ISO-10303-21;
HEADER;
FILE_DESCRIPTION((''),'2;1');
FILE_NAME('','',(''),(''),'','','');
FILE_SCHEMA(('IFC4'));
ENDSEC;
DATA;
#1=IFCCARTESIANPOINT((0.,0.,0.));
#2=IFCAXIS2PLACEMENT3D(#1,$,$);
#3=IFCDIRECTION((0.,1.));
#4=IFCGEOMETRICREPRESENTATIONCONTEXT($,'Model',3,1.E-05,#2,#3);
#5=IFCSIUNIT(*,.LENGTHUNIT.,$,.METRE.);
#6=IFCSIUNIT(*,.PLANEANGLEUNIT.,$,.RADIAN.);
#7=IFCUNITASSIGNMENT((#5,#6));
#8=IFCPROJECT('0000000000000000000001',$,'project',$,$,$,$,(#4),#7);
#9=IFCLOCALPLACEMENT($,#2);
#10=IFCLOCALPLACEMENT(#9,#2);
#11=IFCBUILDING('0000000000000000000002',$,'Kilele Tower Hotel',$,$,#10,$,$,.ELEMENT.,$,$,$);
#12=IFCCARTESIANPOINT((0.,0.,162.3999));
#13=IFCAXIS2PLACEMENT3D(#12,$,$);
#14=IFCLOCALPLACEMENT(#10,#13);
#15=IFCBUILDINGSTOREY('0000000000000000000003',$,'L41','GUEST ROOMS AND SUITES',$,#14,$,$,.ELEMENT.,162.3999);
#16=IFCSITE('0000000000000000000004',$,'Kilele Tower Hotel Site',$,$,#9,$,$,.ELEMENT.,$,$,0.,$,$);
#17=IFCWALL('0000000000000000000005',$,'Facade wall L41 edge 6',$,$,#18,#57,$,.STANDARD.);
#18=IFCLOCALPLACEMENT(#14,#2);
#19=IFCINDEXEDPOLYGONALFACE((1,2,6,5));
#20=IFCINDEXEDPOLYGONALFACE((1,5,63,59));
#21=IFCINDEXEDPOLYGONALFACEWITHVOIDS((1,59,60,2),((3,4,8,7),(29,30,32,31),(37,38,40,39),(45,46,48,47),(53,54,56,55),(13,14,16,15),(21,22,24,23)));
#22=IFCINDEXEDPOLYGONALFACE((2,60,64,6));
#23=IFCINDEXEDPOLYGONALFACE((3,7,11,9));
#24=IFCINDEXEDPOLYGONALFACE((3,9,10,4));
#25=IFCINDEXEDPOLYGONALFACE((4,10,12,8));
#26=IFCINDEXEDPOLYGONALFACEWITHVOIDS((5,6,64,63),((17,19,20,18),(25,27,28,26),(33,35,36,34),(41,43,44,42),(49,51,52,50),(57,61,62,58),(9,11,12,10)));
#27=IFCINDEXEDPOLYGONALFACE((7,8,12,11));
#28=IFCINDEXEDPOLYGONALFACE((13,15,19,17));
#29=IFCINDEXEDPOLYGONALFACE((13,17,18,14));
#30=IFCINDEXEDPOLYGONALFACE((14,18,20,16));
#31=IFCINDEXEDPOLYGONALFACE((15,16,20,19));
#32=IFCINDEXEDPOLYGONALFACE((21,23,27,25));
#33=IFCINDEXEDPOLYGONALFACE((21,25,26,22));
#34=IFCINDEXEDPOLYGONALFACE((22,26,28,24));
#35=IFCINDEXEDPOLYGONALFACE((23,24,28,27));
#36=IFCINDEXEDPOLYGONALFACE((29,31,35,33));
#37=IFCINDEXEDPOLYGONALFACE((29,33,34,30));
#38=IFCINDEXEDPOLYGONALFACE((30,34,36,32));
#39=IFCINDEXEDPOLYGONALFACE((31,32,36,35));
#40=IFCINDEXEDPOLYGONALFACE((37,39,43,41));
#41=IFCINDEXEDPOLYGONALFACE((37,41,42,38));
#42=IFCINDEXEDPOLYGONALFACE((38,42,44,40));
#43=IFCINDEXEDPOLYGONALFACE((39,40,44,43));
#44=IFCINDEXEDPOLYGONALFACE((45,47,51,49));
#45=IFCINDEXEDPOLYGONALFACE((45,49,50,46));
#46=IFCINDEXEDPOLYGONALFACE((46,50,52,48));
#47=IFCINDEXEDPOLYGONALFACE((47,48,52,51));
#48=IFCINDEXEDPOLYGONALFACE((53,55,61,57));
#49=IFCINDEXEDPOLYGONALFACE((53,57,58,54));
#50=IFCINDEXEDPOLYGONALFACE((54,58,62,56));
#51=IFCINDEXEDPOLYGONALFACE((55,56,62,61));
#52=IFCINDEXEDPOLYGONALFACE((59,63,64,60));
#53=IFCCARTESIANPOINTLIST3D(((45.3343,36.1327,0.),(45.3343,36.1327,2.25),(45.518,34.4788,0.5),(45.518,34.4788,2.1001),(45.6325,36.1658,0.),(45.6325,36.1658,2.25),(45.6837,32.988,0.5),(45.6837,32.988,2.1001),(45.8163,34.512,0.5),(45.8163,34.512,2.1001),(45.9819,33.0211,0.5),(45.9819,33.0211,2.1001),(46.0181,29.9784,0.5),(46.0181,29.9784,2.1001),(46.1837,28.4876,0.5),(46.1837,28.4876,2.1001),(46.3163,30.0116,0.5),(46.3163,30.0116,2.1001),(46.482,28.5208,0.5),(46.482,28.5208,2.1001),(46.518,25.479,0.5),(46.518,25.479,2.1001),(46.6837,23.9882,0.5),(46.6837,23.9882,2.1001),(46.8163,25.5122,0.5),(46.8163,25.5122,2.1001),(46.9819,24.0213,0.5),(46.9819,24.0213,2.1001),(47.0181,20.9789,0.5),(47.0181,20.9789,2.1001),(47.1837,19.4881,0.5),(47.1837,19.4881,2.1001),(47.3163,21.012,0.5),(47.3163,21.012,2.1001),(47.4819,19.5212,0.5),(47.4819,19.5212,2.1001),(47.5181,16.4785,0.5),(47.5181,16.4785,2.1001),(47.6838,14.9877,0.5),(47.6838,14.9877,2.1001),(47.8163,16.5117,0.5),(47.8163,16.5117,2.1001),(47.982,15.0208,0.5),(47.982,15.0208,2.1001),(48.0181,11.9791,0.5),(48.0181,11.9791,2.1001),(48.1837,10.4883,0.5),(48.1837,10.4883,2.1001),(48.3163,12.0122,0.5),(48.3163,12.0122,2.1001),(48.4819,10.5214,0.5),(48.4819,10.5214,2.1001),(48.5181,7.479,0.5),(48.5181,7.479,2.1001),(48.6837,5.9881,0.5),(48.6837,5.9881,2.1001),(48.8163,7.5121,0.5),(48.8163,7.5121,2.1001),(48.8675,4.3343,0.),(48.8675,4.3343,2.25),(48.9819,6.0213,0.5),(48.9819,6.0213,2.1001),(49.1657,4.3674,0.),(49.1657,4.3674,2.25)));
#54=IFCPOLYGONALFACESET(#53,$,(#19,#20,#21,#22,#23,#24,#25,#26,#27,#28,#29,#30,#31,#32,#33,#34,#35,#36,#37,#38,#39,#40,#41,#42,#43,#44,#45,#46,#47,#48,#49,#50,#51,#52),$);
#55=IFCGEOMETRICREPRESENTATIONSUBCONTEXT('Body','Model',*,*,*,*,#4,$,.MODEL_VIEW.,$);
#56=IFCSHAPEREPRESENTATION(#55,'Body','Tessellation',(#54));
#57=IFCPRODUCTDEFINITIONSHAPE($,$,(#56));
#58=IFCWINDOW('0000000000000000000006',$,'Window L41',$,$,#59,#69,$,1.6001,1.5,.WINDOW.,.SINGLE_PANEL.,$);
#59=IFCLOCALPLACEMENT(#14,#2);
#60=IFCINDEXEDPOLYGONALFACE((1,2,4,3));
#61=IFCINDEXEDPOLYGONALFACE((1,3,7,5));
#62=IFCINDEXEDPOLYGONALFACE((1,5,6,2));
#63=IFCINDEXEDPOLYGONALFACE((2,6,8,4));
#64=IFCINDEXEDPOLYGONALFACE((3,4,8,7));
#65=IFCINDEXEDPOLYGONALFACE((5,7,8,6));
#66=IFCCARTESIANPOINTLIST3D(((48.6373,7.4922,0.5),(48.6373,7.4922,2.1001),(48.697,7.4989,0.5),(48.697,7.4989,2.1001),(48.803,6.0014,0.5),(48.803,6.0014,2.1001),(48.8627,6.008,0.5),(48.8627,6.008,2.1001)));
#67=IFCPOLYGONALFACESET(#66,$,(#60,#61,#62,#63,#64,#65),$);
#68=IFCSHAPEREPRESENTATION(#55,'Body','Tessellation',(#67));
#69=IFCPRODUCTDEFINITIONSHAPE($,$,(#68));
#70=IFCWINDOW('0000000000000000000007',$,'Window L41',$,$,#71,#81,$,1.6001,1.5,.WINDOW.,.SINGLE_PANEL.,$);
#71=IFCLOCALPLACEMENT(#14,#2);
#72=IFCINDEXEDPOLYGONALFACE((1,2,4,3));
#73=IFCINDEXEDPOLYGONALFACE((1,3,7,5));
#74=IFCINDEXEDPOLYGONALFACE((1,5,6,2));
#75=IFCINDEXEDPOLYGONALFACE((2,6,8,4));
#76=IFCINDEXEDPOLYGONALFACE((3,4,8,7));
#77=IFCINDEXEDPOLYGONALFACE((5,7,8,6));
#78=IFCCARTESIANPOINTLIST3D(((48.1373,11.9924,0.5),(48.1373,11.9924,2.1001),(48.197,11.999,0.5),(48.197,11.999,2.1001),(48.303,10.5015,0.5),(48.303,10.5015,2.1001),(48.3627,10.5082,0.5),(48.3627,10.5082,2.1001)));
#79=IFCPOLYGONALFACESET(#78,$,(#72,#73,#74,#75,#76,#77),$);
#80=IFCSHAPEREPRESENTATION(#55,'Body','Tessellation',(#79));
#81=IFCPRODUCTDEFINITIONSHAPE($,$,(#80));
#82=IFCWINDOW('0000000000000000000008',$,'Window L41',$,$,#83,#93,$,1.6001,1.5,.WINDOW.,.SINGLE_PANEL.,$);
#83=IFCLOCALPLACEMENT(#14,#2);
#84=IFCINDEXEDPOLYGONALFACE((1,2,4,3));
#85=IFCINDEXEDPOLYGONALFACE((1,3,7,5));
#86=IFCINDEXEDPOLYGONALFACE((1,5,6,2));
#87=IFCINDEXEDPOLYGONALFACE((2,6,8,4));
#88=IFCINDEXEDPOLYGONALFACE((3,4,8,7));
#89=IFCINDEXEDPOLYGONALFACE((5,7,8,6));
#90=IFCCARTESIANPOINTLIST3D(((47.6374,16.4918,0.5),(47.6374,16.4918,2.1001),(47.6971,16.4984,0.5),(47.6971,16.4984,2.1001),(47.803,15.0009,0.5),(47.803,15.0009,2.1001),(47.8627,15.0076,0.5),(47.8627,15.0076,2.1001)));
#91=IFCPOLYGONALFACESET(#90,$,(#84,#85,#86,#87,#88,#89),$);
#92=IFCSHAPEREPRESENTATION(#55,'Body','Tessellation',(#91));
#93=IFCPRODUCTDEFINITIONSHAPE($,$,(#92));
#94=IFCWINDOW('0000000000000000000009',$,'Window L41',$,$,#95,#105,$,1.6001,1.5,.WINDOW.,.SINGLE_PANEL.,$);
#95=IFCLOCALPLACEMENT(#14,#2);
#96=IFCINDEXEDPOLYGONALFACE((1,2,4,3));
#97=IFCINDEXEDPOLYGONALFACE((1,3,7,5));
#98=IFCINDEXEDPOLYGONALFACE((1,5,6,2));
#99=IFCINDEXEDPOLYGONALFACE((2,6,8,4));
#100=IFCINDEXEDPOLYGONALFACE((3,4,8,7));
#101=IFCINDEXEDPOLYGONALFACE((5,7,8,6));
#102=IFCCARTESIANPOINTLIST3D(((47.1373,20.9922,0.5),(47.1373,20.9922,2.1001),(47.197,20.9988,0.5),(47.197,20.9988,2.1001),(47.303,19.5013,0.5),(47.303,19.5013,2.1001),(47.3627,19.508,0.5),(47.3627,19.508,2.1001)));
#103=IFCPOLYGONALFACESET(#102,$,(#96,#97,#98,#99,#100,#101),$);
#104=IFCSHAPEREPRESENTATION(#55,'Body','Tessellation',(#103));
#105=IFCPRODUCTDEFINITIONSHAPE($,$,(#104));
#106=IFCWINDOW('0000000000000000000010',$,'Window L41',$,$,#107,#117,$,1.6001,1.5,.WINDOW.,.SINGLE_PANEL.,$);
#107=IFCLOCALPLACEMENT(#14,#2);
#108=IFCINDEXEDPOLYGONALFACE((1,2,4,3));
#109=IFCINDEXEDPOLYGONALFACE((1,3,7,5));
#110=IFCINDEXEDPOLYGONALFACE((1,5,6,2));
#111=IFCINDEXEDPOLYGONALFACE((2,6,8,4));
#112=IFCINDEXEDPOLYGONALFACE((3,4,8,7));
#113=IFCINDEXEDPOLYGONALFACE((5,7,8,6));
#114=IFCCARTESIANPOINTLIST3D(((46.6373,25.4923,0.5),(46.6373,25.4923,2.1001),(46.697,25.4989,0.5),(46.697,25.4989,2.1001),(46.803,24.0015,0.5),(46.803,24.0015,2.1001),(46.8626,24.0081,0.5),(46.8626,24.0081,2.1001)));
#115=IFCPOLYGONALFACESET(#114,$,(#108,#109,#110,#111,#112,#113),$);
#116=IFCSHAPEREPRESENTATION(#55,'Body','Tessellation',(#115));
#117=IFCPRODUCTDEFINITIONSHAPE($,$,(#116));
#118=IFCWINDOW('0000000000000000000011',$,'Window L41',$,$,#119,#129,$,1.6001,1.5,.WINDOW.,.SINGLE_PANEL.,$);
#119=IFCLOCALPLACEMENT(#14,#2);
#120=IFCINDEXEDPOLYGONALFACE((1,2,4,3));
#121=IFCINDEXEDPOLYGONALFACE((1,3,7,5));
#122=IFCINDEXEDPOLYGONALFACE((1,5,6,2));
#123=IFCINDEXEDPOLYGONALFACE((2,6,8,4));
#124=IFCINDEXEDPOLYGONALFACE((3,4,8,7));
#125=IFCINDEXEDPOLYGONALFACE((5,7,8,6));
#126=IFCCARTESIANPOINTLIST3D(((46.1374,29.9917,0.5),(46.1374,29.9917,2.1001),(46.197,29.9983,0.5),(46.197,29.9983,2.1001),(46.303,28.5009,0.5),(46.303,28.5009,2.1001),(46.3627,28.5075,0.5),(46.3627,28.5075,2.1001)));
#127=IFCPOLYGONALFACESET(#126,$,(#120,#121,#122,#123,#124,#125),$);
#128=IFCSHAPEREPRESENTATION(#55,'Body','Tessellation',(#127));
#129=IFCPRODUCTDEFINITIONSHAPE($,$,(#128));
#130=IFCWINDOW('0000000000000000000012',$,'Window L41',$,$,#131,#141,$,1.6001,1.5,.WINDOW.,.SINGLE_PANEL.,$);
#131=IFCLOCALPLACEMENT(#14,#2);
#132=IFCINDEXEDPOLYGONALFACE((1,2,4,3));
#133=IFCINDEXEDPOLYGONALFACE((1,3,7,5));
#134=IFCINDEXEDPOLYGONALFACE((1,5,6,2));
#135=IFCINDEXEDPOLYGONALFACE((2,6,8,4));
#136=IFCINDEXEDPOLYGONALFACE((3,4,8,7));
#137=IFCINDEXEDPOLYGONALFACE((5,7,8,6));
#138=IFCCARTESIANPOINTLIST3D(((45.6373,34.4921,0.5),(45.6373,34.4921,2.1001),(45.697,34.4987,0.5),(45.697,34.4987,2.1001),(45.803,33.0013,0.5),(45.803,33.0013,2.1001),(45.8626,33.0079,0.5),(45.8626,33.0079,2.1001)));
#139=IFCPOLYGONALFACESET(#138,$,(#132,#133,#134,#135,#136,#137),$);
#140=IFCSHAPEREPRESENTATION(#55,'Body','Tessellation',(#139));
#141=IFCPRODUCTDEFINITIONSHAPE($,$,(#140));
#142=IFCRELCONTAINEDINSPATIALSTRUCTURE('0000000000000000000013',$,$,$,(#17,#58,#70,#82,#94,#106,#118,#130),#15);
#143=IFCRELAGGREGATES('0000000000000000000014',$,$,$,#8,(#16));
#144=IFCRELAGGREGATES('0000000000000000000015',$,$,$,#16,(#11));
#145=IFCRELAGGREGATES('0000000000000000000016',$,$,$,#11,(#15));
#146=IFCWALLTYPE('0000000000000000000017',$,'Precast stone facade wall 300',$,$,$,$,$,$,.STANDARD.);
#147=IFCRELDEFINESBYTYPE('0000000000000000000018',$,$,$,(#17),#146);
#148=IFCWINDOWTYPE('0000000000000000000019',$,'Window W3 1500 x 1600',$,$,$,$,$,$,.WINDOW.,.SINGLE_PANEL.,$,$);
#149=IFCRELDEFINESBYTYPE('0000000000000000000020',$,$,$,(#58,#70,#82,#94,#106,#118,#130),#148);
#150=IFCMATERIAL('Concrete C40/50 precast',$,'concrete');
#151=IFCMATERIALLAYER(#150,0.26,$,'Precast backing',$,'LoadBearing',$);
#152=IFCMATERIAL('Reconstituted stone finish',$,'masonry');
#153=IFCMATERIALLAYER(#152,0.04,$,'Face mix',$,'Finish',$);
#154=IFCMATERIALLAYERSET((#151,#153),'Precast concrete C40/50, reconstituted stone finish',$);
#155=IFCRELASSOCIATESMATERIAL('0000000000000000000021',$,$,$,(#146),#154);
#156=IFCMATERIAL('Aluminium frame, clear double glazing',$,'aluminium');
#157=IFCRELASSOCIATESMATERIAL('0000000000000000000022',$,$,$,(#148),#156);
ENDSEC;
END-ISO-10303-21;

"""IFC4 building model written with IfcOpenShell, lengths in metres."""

from ifc_helpers import new_model, si_unit, direction, frame, frame_2d, origin, place, context, subcontext, project, spatial, rectangle, extrude, material, layer, layer_set, type_object, element, fill, save


model = new_model("IFC4")

# Units and contexts
model_context = context("Model", 3, precision=1e-05, world=origin(), true_north=direction((0.0, 1.0)))
body_context = subcontext(model_context, "Body", "Model", "MODEL_VIEW")
ifc_project = project(units=[si_unit("LENGTHUNIT", "METRE"), si_unit("PLANEANGLEUNIT", "RADIAN")], contexts=[model_context])

# Site, building, storey
site_placement = place(None, origin())
site = spatial("IfcSite", under=ifc_project, at=site_placement, Name="Kilele Tower Hotel Site", CompositionType="ELEMENT", RefElevation=0.0)
building_placement = place(site_placement, origin())
building = spatial("IfcBuilding", under=site, at=building_placement, Name="Kilele Tower Hotel", CompositionType="ELEMENT")
storey_placement = place(building_placement, frame((0.0, 0.0, 162.3999)))
storey = spatial("IfcBuildingStorey", under=building, at=storey_placement, Name="L41", Description="GUEST ROOMS AND SUITES", CompositionType="ELEMENT", Elevation=162.3999)

# Shared definitions
ifc_material_1 = material(Name="Concrete C40/50 precast", Category="concrete")
ifc_layer_1 = layer(ifc_material_1, 0.26, Name="Precast backing", Category="LoadBearing")
ifc_material_2 = material(Name="Reconstituted stone finish", Category="masonry")
ifc_layer_2 = layer(ifc_material_2, 0.04, Name="Face mix", Category="Finish")
ifc_layer_set_1 = layer_set([ifc_layer_1, ifc_layer_2], Name="Precast concrete C40/50, reconstituted stone finish")
wall_type_1 = type_object("IfcWallType", Name="Precast stone facade wall 300", PredefinedType="STANDARD", material=ifc_layer_set_1)
ifc_material_3 = material(Name="Aluminium frame, clear double glazing", Category="aluminium")
window_type_1 = type_object("IfcWindowType", Name="Window W3 1500 x 1600", PartitioningType="SINGLE_PANEL", PredefinedType="WINDOW", material=ifc_material_3)

# Wall, openings, windows
wall_1_placement = place(storey_placement, frame((49.0166, 4.3508, 0.0), z_axis=(0.0, 0.0, 1.0), x_axis=(-0.110433, 0.993884, 0.0)))
wall_1 = element("IfcWall", 1, at=wall_1_placement, inside=storey, type_object=wall_type_1, Name="Facade wall L41 edge 6", PredefinedType="STANDARD", context=body_context, shape_type="SweptSolid", body=[
    extrude(rectangle(XDim=31.9941, YDim=0.3, at=frame_2d((15.9971, 0.0))), origin(), (0.0, 0.0, 1.0), 2.25),
])
opening_1_placement = place(wall_1_placement, frame((1.6641, 0.0, 0.5)))
opening_1 = element("IfcOpeningElement", 2, at=opening_1_placement, cuts=wall_1, PredefinedType="OPENING", context=body_context, shape_type="SweptSolid", body=[
    extrude(rectangle(XDim=1.5, YDim=1.6001, at=frame_2d((0.75, 0.8))), frame((0.0, 0.1599, 0.0), z_axis=(0.0, -1.0, 0.0), x_axis=(1.0, 0.0, 0.0)), (0.0, 0.0, 1.0), 0.3201),
])
opening_2_placement = place(wall_1_placement, frame((6.1919, 0.0, 0.5)))
opening_2 = element("IfcOpeningElement", 3, at=opening_2_placement, cuts=wall_1, PredefinedType="OPENING", context=body_context, shape_type="SweptSolid", body=[
    extrude(rectangle(XDim=1.5, YDim=1.6001, at=frame_2d((0.75, 0.8))), frame((0.0, 0.1599, 0.0), z_axis=(0.0, -1.0, 0.0), x_axis=(1.0, 0.0, 0.0)), (0.0, 0.0, 1.0), 0.3201),
])
opening_3_placement = place(wall_1_placement, frame((10.719, 0.0, 0.5)))
opening_3 = element("IfcOpeningElement", 4, at=opening_3_placement, cuts=wall_1, PredefinedType="OPENING", context=body_context, shape_type="SweptSolid", body=[
    extrude(rectangle(XDim=1.5, YDim=1.6001, at=frame_2d((0.75, 0.8))), frame((0.0, 0.1599, 0.0), z_axis=(0.0, -1.0, 0.0), x_axis=(1.0, 0.0, 0.0)), (0.0, 0.0, 1.0), 0.3201),
])
opening_4_placement = place(wall_1_placement, frame((15.2471, 0.0, 0.5)))
opening_4 = element("IfcOpeningElement", 5, at=opening_4_placement, cuts=wall_1, PredefinedType="OPENING", context=body_context, shape_type="SweptSolid", body=[
    extrude(rectangle(XDim=1.5, YDim=1.6001, at=frame_2d((0.75, 0.8))), frame((0.0, 0.1599, 0.0), z_axis=(0.0, -1.0, 0.0), x_axis=(1.0, 0.0, 0.0)), (0.0, 0.0, 1.0), 0.3201),
])
opening_5_placement = place(wall_1_placement, frame((19.7749, 0.0, 0.5)))
opening_5 = element("IfcOpeningElement", 6, at=opening_5_placement, cuts=wall_1, PredefinedType="OPENING", context=body_context, shape_type="SweptSolid", body=[
    extrude(rectangle(XDim=1.5, YDim=1.6001, at=frame_2d((0.75, 0.8))), frame((0.0, 0.1599, 0.0), z_axis=(0.0, -1.0, 0.0), x_axis=(1.0, 0.0, 0.0)), (0.0, 0.0, 1.0), 0.3201),
])
opening_6_placement = place(wall_1_placement, frame((24.302, 0.0, 0.5)))
opening_6 = element("IfcOpeningElement", 7, at=opening_6_placement, cuts=wall_1, PredefinedType="OPENING", context=body_context, shape_type="SweptSolid", body=[
    extrude(rectangle(XDim=1.5, YDim=1.6001, at=frame_2d((0.75, 0.8))), frame((0.0, 0.1599, 0.0), z_axis=(0.0, -1.0, 0.0), x_axis=(1.0, 0.0, 0.0)), (0.0, 0.0, 1.0), 0.3201),
])
opening_7_placement = place(wall_1_placement, frame((28.8301, 0.0, 0.5)))
opening_7 = element("IfcOpeningElement", 8, at=opening_7_placement, cuts=wall_1, PredefinedType="OPENING", context=body_context, shape_type="SweptSolid", body=[
    extrude(rectangle(XDim=1.5, YDim=1.6001, at=frame_2d((0.75, 0.8))), frame((0.0, 0.1599, 0.0), z_axis=(0.0, -1.0, 0.0), x_axis=(1.0, 0.0, 0.0)), (0.0, 0.0, 1.0), 0.3201),
])
window_1_placement = place(opening_1_placement, origin())
window_1 = element("IfcWindow", 9, at=window_1_placement, inside=storey, type_object=window_type_1, Name="Window L41", OverallHeight=1.6001, OverallWidth=1.5, PartitioningType="SINGLE_PANEL", PredefinedType="WINDOW", context=body_context, shape_type="SweptSolid", body=[
    extrude(rectangle(XDim=1.5, YDim=1.6001, at=frame_2d((0.75, 0.8))), frame((0.0, 0.03, 0.0), z_axis=(0.0, -1.0, 0.0), x_axis=(1.0, 0.0, 0.0)), (0.0, 0.0, 1.0), 0.0601),
])
fill(opening_1, window_1)
window_2_placement = place(opening_2_placement, origin())
window_2 = element("IfcWindow", 10, at=window_2_placement, inside=storey, type_object=window_type_1, Name="Window L41", OverallHeight=1.6001, OverallWidth=1.5, PartitioningType="SINGLE_PANEL", PredefinedType="WINDOW", context=body_context, shape_type="SweptSolid", body=[
    extrude(rectangle(XDim=1.5, YDim=1.6001, at=frame_2d((0.75, 0.8))), frame((0.0, 0.03, 0.0), z_axis=(0.0, -1.0, 0.0), x_axis=(1.0, 0.0, 0.0)), (0.0, 0.0, 1.0), 0.0601),
])
fill(opening_2, window_2)
window_3_placement = place(opening_3_placement, origin())
window_3 = element("IfcWindow", 11, at=window_3_placement, inside=storey, type_object=window_type_1, Name="Window L41", OverallHeight=1.6001, OverallWidth=1.5, PartitioningType="SINGLE_PANEL", PredefinedType="WINDOW", context=body_context, shape_type="SweptSolid", body=[
    extrude(rectangle(XDim=1.5, YDim=1.6001, at=frame_2d((0.75, 0.8))), frame((0.0, 0.03, 0.0), z_axis=(0.0, -1.0, 0.0), x_axis=(1.0, 0.0, 0.0)), (0.0, 0.0, 1.0), 0.0601),
])
fill(opening_3, window_3)
window_4_placement = place(opening_4_placement, origin())
window_4 = element("IfcWindow", 12, at=window_4_placement, inside=storey, type_object=window_type_1, Name="Window L41", OverallHeight=1.6001, OverallWidth=1.5, PartitioningType="SINGLE_PANEL", PredefinedType="WINDOW", context=body_context, shape_type="SweptSolid", body=[
    extrude(rectangle(XDim=1.5, YDim=1.6001, at=frame_2d((0.75, 0.8))), frame((0.0, 0.03, 0.0), z_axis=(0.0, -1.0, 0.0), x_axis=(1.0, 0.0, 0.0)), (0.0, 0.0, 1.0), 0.0601),
])
fill(opening_4, window_4)
window_5_placement = place(opening_5_placement, origin())
window_5 = element("IfcWindow", 13, at=window_5_placement, inside=storey, type_object=window_type_1, Name="Window L41", OverallHeight=1.6001, OverallWidth=1.5, PartitioningType="SINGLE_PANEL", PredefinedType="WINDOW", context=body_context, shape_type="SweptSolid", body=[
    extrude(rectangle(XDim=1.5, YDim=1.6001, at=frame_2d((0.75, 0.8))), frame((0.0, 0.03, 0.0), z_axis=(0.0, -1.0, 0.0), x_axis=(1.0, 0.0, 0.0)), (0.0, 0.0, 1.0), 0.0601),
])
fill(opening_5, window_5)
window_6_placement = place(opening_6_placement, origin())
window_6 = element("IfcWindow", 14, at=window_6_placement, inside=storey, type_object=window_type_1, Name="Window L41", OverallHeight=1.6001, OverallWidth=1.5, PartitioningType="SINGLE_PANEL", PredefinedType="WINDOW", context=body_context, shape_type="SweptSolid", body=[
    extrude(rectangle(XDim=1.5, YDim=1.6001, at=frame_2d((0.75, 0.8))), frame((0.0, 0.03, 0.0), z_axis=(0.0, -1.0, 0.0), x_axis=(1.0, 0.0, 0.0)), (0.0, 0.0, 1.0), 0.0601),
])
fill(opening_6, window_6)
window_7_placement = place(opening_7_placement, origin())
window_7 = element("IfcWindow", 15, at=window_7_placement, inside=storey, type_object=window_type_1, Name="Window L41", OverallHeight=1.6001, OverallWidth=1.5, PartitioningType="SINGLE_PANEL", PredefinedType="WINDOW", context=body_context, shape_type="SweptSolid", body=[
    extrude(rectangle(XDim=1.5, YDim=1.6001, at=frame_2d((0.75, 0.8))), frame((0.0, 0.03, 0.0), z_axis=(0.0, -1.0, 0.0), x_axis=(1.0, 0.0, 0.0)), (0.0, 0.0, 1.0), 0.0601),
])
fill(opening_7, window_7)

save(model, "model.ifc")
